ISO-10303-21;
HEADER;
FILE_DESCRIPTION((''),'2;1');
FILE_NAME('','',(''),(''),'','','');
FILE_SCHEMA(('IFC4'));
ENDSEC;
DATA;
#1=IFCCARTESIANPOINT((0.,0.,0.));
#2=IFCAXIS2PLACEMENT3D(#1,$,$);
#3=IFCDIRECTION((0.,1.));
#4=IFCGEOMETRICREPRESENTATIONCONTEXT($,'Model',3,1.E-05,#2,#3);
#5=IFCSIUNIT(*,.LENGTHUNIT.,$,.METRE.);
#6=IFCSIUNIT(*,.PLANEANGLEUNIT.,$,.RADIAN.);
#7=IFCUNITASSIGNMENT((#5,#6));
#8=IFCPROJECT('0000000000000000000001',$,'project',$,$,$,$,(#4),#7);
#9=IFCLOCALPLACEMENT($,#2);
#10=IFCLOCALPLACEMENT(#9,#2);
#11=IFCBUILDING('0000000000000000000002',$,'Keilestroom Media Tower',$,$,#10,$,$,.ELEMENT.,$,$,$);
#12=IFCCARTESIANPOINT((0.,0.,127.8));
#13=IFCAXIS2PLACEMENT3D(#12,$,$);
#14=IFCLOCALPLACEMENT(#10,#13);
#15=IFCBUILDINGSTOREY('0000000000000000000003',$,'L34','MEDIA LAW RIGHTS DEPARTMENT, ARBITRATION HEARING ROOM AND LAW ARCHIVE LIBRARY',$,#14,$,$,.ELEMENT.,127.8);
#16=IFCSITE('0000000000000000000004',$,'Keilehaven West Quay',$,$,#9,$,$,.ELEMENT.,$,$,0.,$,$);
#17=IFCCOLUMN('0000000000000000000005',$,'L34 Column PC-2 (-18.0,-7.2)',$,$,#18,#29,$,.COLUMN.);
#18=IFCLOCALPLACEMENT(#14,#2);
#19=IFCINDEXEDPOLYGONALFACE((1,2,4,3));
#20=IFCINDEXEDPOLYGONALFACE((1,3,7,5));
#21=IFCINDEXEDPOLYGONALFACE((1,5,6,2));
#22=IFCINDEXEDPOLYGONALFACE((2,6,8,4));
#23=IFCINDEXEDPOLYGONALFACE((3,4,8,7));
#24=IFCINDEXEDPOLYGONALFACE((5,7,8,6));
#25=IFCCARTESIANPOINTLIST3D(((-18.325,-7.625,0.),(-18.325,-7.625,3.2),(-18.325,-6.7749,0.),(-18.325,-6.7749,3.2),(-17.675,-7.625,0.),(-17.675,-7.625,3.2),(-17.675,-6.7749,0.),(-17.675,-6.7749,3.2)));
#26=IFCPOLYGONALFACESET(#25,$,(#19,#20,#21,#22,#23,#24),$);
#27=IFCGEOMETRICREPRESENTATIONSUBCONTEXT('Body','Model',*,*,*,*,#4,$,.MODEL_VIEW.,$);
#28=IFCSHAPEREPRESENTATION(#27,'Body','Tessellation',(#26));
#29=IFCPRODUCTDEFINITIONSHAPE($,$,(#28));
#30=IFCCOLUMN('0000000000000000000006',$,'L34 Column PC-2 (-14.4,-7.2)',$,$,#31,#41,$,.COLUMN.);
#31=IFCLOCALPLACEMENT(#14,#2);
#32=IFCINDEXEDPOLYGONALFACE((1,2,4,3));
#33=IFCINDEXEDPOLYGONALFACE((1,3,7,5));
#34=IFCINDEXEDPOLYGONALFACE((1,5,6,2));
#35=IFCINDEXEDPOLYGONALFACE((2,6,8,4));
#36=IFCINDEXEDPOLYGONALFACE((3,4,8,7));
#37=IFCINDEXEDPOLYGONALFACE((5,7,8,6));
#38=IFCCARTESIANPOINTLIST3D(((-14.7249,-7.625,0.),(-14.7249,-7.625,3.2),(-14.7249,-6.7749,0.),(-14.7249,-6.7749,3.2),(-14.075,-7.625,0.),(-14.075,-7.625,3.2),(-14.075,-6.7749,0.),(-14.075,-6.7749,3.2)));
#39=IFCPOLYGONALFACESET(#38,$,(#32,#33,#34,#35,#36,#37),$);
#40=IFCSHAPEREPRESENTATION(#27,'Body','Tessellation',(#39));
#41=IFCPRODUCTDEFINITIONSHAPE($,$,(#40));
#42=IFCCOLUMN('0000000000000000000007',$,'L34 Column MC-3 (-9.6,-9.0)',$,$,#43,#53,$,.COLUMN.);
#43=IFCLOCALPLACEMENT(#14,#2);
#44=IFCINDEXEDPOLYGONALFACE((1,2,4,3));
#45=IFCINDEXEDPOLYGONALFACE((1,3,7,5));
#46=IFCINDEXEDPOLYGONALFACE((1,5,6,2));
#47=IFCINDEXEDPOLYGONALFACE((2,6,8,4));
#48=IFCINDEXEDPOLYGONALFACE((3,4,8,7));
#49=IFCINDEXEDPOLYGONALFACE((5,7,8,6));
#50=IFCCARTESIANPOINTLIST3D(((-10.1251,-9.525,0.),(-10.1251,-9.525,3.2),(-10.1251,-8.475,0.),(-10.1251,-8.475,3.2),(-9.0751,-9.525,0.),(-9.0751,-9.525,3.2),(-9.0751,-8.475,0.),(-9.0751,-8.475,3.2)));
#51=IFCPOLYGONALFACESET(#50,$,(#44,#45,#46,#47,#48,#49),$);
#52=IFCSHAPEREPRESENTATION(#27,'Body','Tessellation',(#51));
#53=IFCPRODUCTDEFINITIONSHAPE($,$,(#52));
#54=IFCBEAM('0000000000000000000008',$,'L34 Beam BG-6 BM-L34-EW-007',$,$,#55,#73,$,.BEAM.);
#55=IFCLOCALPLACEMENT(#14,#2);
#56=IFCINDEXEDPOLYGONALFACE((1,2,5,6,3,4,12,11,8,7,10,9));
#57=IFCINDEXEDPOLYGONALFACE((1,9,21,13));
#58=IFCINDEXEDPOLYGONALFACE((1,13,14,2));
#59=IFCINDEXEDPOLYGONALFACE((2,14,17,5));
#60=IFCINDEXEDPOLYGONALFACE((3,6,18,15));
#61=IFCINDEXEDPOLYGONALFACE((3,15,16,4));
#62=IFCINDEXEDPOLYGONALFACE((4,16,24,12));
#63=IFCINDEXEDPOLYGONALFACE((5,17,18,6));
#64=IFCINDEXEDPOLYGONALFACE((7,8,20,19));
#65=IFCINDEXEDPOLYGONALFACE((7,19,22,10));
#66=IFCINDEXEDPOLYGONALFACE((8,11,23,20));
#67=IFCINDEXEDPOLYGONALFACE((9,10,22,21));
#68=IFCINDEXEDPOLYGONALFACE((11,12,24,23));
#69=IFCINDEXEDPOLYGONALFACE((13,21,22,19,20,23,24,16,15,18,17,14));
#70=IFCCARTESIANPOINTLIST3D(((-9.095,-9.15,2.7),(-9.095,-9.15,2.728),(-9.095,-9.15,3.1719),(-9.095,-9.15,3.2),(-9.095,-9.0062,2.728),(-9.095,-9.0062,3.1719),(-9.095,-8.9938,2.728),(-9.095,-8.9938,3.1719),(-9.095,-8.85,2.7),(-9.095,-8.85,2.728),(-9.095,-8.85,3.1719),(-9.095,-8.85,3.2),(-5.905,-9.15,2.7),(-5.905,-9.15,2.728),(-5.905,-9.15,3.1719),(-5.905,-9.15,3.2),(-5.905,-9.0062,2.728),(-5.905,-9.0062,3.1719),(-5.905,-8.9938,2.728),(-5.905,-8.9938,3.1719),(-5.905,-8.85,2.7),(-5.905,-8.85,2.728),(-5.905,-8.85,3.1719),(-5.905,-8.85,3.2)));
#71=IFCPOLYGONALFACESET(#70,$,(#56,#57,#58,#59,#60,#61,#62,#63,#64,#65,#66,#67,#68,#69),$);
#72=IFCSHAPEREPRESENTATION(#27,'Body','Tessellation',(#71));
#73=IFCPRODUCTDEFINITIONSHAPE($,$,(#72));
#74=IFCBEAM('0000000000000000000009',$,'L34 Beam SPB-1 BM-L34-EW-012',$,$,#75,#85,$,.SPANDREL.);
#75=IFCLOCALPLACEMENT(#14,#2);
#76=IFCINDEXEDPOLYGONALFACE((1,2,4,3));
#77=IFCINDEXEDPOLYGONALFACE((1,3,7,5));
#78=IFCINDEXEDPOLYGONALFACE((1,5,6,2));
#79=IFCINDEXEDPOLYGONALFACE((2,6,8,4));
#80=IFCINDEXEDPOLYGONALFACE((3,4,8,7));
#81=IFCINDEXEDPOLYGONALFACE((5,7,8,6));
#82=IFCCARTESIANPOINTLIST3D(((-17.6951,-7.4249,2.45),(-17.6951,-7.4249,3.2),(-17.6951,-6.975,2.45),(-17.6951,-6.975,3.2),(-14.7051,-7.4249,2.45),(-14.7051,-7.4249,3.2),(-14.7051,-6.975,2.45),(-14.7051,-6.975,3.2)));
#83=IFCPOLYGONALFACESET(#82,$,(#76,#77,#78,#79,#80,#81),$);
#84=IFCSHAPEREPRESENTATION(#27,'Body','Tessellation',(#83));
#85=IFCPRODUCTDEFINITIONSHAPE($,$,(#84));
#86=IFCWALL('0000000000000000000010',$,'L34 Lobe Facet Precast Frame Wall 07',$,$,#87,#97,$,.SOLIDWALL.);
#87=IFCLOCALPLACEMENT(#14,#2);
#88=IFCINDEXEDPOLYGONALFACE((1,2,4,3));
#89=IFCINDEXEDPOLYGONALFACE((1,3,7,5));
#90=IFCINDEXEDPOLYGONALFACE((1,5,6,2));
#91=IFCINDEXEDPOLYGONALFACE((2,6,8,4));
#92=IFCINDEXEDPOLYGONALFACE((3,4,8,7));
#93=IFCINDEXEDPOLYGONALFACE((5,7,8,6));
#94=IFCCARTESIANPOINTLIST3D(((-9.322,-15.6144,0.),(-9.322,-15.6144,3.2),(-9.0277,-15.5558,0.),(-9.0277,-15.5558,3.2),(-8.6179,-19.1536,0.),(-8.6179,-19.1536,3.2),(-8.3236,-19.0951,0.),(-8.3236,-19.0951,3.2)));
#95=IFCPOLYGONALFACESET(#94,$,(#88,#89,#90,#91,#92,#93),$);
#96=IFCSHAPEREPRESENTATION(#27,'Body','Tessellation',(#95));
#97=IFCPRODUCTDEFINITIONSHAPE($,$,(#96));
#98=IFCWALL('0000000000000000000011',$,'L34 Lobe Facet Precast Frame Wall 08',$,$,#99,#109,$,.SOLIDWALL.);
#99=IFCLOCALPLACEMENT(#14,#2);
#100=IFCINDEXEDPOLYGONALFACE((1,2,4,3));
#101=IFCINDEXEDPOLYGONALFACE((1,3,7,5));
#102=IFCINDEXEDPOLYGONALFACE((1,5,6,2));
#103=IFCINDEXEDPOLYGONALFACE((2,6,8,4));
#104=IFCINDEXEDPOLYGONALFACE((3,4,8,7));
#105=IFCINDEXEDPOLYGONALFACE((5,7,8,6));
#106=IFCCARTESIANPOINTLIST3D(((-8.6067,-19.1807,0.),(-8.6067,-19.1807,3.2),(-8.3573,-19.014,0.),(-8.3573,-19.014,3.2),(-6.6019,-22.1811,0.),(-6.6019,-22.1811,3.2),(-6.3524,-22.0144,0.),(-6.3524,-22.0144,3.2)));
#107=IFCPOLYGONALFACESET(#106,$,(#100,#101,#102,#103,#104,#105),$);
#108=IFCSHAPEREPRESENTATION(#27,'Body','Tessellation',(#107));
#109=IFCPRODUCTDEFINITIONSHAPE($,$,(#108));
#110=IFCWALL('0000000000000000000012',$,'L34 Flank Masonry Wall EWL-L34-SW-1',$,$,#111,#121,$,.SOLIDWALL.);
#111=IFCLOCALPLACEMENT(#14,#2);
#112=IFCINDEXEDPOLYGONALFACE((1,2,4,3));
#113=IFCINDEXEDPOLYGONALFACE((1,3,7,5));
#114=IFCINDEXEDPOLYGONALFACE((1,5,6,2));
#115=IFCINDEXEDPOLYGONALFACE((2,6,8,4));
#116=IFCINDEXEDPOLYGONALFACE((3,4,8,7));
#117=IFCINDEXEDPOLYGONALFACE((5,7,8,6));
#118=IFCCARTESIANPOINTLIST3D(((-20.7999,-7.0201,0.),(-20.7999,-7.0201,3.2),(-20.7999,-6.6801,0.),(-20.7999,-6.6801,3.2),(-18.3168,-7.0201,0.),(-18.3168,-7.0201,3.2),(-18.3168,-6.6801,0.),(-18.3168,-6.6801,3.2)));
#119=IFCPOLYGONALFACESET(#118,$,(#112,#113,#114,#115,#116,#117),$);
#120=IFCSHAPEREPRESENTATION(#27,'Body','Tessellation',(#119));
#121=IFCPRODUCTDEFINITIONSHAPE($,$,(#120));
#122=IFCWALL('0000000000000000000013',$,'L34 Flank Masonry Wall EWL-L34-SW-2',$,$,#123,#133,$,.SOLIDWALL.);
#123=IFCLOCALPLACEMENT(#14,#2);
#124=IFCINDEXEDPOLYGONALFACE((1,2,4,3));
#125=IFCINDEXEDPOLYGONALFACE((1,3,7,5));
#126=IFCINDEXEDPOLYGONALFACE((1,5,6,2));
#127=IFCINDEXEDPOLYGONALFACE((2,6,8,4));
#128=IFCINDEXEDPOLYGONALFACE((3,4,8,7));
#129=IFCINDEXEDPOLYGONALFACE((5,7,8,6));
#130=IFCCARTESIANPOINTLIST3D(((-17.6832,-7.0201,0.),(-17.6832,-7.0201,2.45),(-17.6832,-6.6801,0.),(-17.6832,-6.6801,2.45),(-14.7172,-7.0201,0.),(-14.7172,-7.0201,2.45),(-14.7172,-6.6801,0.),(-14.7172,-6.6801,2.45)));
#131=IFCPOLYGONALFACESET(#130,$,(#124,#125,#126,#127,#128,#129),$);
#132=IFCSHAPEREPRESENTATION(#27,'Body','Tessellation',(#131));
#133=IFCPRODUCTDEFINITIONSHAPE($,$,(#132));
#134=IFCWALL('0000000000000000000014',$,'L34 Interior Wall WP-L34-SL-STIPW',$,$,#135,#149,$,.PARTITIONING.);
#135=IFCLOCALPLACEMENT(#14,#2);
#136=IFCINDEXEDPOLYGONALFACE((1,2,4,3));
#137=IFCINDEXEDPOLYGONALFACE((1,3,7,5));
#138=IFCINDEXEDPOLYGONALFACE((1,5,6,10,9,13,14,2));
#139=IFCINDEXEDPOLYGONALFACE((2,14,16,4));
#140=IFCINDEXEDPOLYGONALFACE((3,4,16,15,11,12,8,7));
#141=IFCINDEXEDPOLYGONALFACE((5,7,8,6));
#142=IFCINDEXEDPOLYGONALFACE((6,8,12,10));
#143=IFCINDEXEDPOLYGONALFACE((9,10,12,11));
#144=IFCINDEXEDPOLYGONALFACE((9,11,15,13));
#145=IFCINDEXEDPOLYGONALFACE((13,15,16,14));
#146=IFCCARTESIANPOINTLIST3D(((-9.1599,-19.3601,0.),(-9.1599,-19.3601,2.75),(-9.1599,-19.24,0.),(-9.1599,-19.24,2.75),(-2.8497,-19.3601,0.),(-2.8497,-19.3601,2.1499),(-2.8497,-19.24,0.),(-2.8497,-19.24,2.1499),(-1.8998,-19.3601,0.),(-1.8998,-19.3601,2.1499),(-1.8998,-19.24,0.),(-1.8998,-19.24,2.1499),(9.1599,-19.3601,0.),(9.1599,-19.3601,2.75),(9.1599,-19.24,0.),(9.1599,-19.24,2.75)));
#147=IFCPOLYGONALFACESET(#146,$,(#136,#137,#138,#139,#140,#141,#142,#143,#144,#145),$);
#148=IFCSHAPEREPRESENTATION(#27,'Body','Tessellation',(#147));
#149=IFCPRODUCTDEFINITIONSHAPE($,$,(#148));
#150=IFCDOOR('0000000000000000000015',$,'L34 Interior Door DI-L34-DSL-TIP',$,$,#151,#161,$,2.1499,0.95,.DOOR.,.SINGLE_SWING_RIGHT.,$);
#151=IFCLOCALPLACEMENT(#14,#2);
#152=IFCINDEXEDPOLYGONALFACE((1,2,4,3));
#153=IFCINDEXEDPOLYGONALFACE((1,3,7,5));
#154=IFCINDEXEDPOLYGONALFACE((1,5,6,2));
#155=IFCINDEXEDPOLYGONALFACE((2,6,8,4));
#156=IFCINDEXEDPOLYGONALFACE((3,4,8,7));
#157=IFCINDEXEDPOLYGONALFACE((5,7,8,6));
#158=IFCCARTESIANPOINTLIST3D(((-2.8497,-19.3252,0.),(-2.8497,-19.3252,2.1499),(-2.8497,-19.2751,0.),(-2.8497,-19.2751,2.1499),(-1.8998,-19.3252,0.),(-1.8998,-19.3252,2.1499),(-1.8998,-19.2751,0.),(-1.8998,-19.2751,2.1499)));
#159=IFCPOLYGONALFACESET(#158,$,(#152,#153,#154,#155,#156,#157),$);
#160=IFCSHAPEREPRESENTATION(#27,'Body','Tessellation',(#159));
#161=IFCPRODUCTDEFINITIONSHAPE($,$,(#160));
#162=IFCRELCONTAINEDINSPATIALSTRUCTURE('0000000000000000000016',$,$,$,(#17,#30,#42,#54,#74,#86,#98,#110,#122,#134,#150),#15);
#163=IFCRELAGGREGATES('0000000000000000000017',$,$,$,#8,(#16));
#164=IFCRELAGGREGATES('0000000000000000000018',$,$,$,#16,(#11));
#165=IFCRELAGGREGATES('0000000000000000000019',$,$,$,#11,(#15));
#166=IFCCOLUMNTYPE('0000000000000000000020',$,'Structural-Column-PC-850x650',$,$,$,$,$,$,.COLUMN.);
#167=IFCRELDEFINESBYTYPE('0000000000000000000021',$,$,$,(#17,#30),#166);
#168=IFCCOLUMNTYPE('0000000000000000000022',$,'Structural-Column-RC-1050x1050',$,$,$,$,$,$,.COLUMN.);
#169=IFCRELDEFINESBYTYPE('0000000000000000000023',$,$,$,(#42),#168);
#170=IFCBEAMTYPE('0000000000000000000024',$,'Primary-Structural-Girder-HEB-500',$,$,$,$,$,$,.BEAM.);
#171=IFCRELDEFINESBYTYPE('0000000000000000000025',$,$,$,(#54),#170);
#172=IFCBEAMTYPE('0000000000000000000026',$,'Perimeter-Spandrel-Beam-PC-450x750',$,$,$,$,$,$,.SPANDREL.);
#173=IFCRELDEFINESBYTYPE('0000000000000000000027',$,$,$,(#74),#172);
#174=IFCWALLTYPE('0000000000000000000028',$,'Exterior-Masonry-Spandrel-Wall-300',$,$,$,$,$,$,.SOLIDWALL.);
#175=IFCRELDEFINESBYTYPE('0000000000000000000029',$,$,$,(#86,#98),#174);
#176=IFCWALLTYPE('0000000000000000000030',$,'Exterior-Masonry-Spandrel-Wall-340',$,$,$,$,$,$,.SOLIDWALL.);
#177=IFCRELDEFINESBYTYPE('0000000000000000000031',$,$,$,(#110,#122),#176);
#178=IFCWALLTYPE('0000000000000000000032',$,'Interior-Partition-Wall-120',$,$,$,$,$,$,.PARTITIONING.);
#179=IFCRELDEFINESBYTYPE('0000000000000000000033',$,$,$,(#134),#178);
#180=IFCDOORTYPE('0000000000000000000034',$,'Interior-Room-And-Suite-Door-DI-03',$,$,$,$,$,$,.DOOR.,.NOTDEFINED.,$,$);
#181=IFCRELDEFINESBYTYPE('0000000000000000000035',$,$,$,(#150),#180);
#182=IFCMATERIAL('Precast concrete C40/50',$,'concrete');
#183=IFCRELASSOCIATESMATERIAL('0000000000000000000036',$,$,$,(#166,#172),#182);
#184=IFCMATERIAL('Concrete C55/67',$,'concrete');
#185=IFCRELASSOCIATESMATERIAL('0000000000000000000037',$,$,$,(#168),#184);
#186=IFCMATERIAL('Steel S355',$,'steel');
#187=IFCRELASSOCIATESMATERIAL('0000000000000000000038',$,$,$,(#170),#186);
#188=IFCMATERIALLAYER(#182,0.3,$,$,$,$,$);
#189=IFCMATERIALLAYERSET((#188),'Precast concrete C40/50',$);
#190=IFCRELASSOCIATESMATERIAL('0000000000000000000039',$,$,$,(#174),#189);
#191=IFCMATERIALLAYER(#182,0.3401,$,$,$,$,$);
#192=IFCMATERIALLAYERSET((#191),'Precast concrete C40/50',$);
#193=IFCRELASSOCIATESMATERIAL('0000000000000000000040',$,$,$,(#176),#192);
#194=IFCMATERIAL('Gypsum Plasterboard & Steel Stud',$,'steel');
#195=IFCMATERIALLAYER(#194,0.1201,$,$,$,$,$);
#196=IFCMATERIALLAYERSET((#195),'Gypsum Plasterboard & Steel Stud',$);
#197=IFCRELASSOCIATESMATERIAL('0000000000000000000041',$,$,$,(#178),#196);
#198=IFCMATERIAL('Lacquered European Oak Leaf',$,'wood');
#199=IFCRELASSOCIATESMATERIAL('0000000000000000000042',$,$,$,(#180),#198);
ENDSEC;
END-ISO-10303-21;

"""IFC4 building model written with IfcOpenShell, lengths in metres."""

from ifc_helpers import new_model, si_unit, direction, frame, frame_2d, origin, origin_2d, place, context, subcontext, project, spatial, rectangle, i_section, extrude, source, transform, mapped, material, layer, layer_set, material_profile, profile_set, type_object, element, fill, save


model = new_model("IFC4")

# Units and contexts
model_context = context("Model", 3, precision=1e-05, world=origin(), true_north=direction((0.0, 1.0)))
body_context = subcontext(model_context, "Body", "Model", "MODEL_VIEW")
ifc_project = project(units=[si_unit("LENGTHUNIT", "METRE"), si_unit("PLANEANGLEUNIT", "RADIAN")], contexts=[model_context])

# Site, building, storey
site_placement = place(None, origin())
site = spatial("IfcSite", under=ifc_project, at=site_placement, Name="Keilehaven West Quay", CompositionType="ELEMENT", RefElevation=0.0)
building_placement = place(site_placement, origin())
building = spatial("IfcBuilding", under=site, at=building_placement, Name="Keilestroom Media Tower", CompositionType="ELEMENT")
storey_placement = place(building_placement, frame((0.0, 0.0, 127.8)))
storey = spatial("IfcBuildingStorey", under=building, at=storey_placement, Name="L34", Description="MEDIA LAW RIGHTS DEPARTMENT, ARBITRATION HEARING ROOM AND LAW ARCHIVE LIBRARY", CompositionType="ELEMENT", Elevation=127.8)

# Columns
ifc_material_1 = material(Name="Precast concrete C40/50", Category="concrete")
ifc_material_profile_1 = material_profile(ifc_material_1, rectangle(XDim=0.6499, YDim=0.8501, at=origin_2d()), Name="PC 850x650")
ifc_profile_set_1 = profile_set([ifc_material_profile_1], Name="Precast concrete C40/50")
column_type_1 = type_object("IfcColumnType", Name="Structural-Column-PC-850x650", PredefinedType="COLUMN", material=ifc_profile_set_1)
shared_shape_1 = source(origin(), body_context, "Body", "SweptSolid", [
    extrude(rectangle(XDim=0.6499, YDim=0.8501, at=origin_2d()), origin(), (0.0, 0.0, 1.0), 3.2),
])
for number, where, z_axis, x_axis, name in (
    (1, (-18.0, -7.2, 0.0), (0.0, 0.0, 1.0), (1.0, 0.0, 0.0), "L34 Column PC-2 (-18.0,-7.2)"),
    (2, (-14.3999, -7.2, 0.0), (0.0, 0.0, 1.0), (1.0, 0.0, 0.0), "L34 Column PC-2 (-14.4,-7.2)"),
):
    element("IfcColumn", number, at=place(storey_placement, frame(where, z_axis=z_axis, x_axis=x_axis)), inside=storey, type_object=column_type_1, Name=name, PredefinedType="COLUMN", context=body_context, shape_type="MappedRepresentation", body=[
        mapped(shared_shape_1, transform((0.0, 0.0, 0.0), x_axis=(1.0, 0.0, 0.0), y_axis=(0.0, 1.0, 0.0), z_axis=(0.0, 0.0, 1.0), scale=1.0)),
    ])
ifc_material_2 = material(Name="Concrete C55/67", Category="concrete")
ifc_material_profile_2 = material_profile(ifc_material_2, rectangle(XDim=1.05, YDim=1.05, at=origin_2d()), Name="RC 1050x1050")
ifc_profile_set_2 = profile_set([ifc_material_profile_2], Name="Concrete C55/67")
column_type_2 = type_object("IfcColumnType", Name="Structural-Column-RC-1050x1050", PredefinedType="COLUMN", material=ifc_profile_set_2)
shared_shape_2 = source(origin(), body_context, "Body", "SweptSolid", [
    extrude(rectangle(XDim=1.05, YDim=1.05, at=origin_2d()), origin(), (0.0, 0.0, 1.0), 3.2),
])
column_placement = place(storey_placement, frame((-9.6001, -9.0, 0.0), z_axis=(0.0, 0.0, 1.0), x_axis=(1.0, 0.0, 0.0)))
element("IfcColumn", 3, at=column_placement, inside=storey, type_object=column_type_2, Name="L34 Column MC-3 (-9.6,-9.0)", PredefinedType="COLUMN", context=body_context, shape_type="MappedRepresentation", body=[
    mapped(shared_shape_2, transform((0.0, 0.0, 0.0), x_axis=(1.0, 0.0, 0.0), y_axis=(0.0, 1.0, 0.0), z_axis=(0.0, 0.0, 1.0), scale=1.0)),
])

# Beams
ifc_material_3 = material(Name="Steel S355", Category="steel")
ifc_material_profile_3 = material_profile(ifc_material_3, i_section(OverallWidth=0.3, OverallDepth=0.5, WebThickness=0.0125, FlangeThickness=0.0281, at=origin_2d()), Name="HEB 500")
ifc_profile_set_3 = profile_set([ifc_material_profile_3], Name="Steel S355")
beam_type_1 = type_object("IfcBeamType", Name="Primary-Structural-Girder-HEB-500", PredefinedType="BEAM", material=ifc_profile_set_3)
shared_shape_3 = source(origin(), body_context, "Body", "SweptSolid", [
    extrude(i_section(OverallWidth=0.3, OverallDepth=0.5, WebThickness=0.0125, FlangeThickness=0.0281, at=origin_2d()), origin(), (0.0, 0.0, 1.0), 3.1899),
])
beam_1_placement = place(storey_placement, frame((-9.095, -9.0, 2.95), z_axis=(1.0, 0.0, 0.0), x_axis=(0.0, 1.0, 0.0)))
element("IfcBeam", 4, at=beam_1_placement, inside=storey, type_object=beam_type_1, Name="L34 Beam BG-6 BM-L34-EW-007", PredefinedType="BEAM", context=body_context, shape_type="MappedRepresentation", body=[
    mapped(shared_shape_3, transform((0.0, 0.0, 0.0), x_axis=(1.0, 0.0, 0.0), y_axis=(0.0, 1.0, 0.0), z_axis=(0.0, 0.0, 1.0), scale=1.0)),
])
ifc_material_profile_4 = material_profile(ifc_material_1, rectangle(XDim=0.45, YDim=0.75, at=origin_2d()), Name="PC 450x750")
ifc_profile_set_4 = profile_set([ifc_material_profile_4], Name="Precast concrete C40/50")
beam_type_2 = type_object("IfcBeamType", Name="Perimeter-Spandrel-Beam-PC-450x750", PredefinedType="SPANDREL", material=ifc_profile_set_4)
shared_shape_4 = source(origin(), body_context, "Body", "SweptSolid", [
    extrude(rectangle(XDim=0.45, YDim=0.75, at=origin_2d()), origin(), (0.0, 0.0, 1.0), 2.99),
])
beam_2_placement = place(storey_placement, frame((-17.6951, -7.2, 2.825), z_axis=(1.0, 0.0, 0.0), x_axis=(0.0, 1.0, 0.0)))
element("IfcBeam", 5, at=beam_2_placement, inside=storey, type_object=beam_type_2, Name="L34 Beam SPB-1 BM-L34-EW-012", PredefinedType="SPANDREL", context=body_context, shape_type="MappedRepresentation", body=[
    mapped(shared_shape_4, transform((0.0, 0.0, 0.0), x_axis=(1.0, 0.0, 0.0), y_axis=(0.0, 1.0, 0.0), z_axis=(0.0, 0.0, 1.0), scale=1.0)),
])

# Walls
ifc_layer_1 = layer(ifc_material_1, 0.3)
ifc_layer_set_1 = layer_set([ifc_layer_1], Name="Precast concrete C40/50")
wall_type_1 = type_object("IfcWallType", Name="Exterior-Masonry-Spandrel-Wall-300", PredefinedType="SOLIDWALL", material=ifc_layer_set_1)
for number, where, z_axis, x_axis, name in (
    (6, (-9.1748, -15.5852, 0.0), (0.0, 0.0, 1.0), (0.195114, -0.980781, 0.0), "L34 Lobe Facet Precast Frame Wall 07"),
    (7, (-8.4819, -19.0974, 0.0), (0.0, 0.0, 1.0), (0.555574, -0.831467, 0.0), "L34 Lobe Facet Precast Frame Wall 08"),
):
    element("IfcWall", number, at=place(storey_placement, frame(where, z_axis=z_axis, x_axis=x_axis)), inside=storey, type_object=wall_type_1, Name=name, PredefinedType="SOLIDWALL", context=body_context, shape_type="SweptSolid", body=[
        extrude(rectangle(XDim=3.6086, YDim=0.3, at=frame_2d((1.8042, 0.0))), origin(), (0.0, 0.0, 1.0), 3.2),
    ])
ifc_layer_2 = layer(ifc_material_1, 0.3401)
ifc_layer_set_2 = layer_set([ifc_layer_2], Name="Precast concrete C40/50")
wall_type_2 = type_object("IfcWallType", Name="Exterior-Masonry-Spandrel-Wall-340", PredefinedType="SOLIDWALL", material=ifc_layer_set_2)
wall_1_placement = place(storey_placement, frame((-20.8, -6.8501, 0.0), z_axis=(0.0, 0.0, 1.0), x_axis=(1.0, 0.0, 0.0)))
element("IfcWall", 8, at=wall_1_placement, inside=storey, type_object=wall_type_2, Name="L34 Flank Masonry Wall EWL-L34-SW-1", PredefinedType="SOLIDWALL", context=body_context, shape_type="SweptSolid", body=[
    extrude(rectangle(XDim=2.4832, YDim=0.3401, at=frame_2d((1.2417, 0.0))), origin(), (0.0, 0.0, 1.0), 3.2),
])
wall_2_placement = place(storey_placement, frame((-17.6831, -6.8501, 0.0), z_axis=(0.0, 0.0, 1.0), x_axis=(1.0, 0.0, 0.0)))
element("IfcWall", 9, at=wall_2_placement, inside=storey, type_object=wall_type_2, Name="L34 Flank Masonry Wall EWL-L34-SW-2", PredefinedType="SOLIDWALL", context=body_context, shape_type="SweptSolid", body=[
    extrude(rectangle(XDim=2.9661, YDim=0.3401, at=frame_2d((1.4829, 0.0))), origin(), (0.0, 0.0, 1.0), 2.45),
])

# Wall, opening, door
ifc_material_4 = material(Name="Gypsum Plasterboard & Steel Stud", Category="steel")
ifc_layer_3 = layer(ifc_material_4, 0.1201)
ifc_layer_set_3 = layer_set([ifc_layer_3], Name="Gypsum Plasterboard & Steel Stud")
wall_type_3 = type_object("IfcWallType", Name="Interior-Partition-Wall-120", PredefinedType="PARTITIONING", material=ifc_layer_set_3)
wall_3_placement = place(storey_placement, frame((-9.1599, -19.3, 0.0), z_axis=(0.0, 0.0, 1.0), x_axis=(1.0, 0.0, 0.0)))
wall_3 = element("IfcWall", 10, at=wall_3_placement, inside=storey, type_object=wall_type_3, Name="L34 Interior Wall WP-L34-SL-STIPW", PredefinedType="PARTITIONING", context=body_context, shape_type="SweptSolid", body=[
    extrude(rectangle(XDim=18.3198, YDim=0.1201, at=frame_2d((9.1599, 0.0))), origin(), (0.0, 0.0, 1.0), 2.75),
])
opening_placement = place(wall_3_placement, frame((6.3101, 0.0, 0.0)))
opening = element("IfcOpeningElement", 11, at=opening_placement, cuts=wall_3, PredefinedType="OPENING", context=body_context, shape_type="SweptSolid", body=[
    extrude(rectangle(XDim=0.95, YDim=2.1499, at=frame_2d((0.4751, 1.075))), frame((0.0, 0.0701, 0.0), z_axis=(0.0, -1.0, 0.0), x_axis=(1.0, 0.0, 0.0)), (0.0, 0.0, 1.0), 0.1401),
])
ifc_material_5 = material(Name="Lacquered European Oak Leaf", Category="wood")
door_type = type_object("IfcDoorType", Name="Interior-Room-And-Suite-Door-DI-03", OperationType="NOTDEFINED", PredefinedType="DOOR", material=ifc_material_5)
shared_shape_5 = source(origin(), body_context, "Body", "SweptSolid", [
    extrude(rectangle(XDim=0.95, YDim=2.1499, at=frame_2d((0.4751, 1.075))), frame((0.0, 0.0249, 0.0), z_axis=(0.0, -1.0, 0.0), x_axis=(1.0, 0.0, 0.0)), (0.0, 0.0, 1.0), 0.05),
])
door_placement = place(opening_placement, origin())
door = element("IfcDoor", 12, at=door_placement, inside=storey, type_object=door_type, Name="L34 Interior Door DI-L34-DSL-TIP", OperationType="SINGLE_SWING_RIGHT", OverallHeight=2.1499, OverallWidth=0.95, PredefinedType="DOOR", context=body_context, shape_type="MappedRepresentation", body=[
    mapped(shared_shape_5, transform((0.0, 0.0, 0.0), x_axis=(1.0, 0.0, 0.0), y_axis=(0.0, 1.0, 0.0), z_axis=(0.0, 0.0, 1.0), scale=1.0)),
])
fill(opening, door)

save(model, "model.ifc")
